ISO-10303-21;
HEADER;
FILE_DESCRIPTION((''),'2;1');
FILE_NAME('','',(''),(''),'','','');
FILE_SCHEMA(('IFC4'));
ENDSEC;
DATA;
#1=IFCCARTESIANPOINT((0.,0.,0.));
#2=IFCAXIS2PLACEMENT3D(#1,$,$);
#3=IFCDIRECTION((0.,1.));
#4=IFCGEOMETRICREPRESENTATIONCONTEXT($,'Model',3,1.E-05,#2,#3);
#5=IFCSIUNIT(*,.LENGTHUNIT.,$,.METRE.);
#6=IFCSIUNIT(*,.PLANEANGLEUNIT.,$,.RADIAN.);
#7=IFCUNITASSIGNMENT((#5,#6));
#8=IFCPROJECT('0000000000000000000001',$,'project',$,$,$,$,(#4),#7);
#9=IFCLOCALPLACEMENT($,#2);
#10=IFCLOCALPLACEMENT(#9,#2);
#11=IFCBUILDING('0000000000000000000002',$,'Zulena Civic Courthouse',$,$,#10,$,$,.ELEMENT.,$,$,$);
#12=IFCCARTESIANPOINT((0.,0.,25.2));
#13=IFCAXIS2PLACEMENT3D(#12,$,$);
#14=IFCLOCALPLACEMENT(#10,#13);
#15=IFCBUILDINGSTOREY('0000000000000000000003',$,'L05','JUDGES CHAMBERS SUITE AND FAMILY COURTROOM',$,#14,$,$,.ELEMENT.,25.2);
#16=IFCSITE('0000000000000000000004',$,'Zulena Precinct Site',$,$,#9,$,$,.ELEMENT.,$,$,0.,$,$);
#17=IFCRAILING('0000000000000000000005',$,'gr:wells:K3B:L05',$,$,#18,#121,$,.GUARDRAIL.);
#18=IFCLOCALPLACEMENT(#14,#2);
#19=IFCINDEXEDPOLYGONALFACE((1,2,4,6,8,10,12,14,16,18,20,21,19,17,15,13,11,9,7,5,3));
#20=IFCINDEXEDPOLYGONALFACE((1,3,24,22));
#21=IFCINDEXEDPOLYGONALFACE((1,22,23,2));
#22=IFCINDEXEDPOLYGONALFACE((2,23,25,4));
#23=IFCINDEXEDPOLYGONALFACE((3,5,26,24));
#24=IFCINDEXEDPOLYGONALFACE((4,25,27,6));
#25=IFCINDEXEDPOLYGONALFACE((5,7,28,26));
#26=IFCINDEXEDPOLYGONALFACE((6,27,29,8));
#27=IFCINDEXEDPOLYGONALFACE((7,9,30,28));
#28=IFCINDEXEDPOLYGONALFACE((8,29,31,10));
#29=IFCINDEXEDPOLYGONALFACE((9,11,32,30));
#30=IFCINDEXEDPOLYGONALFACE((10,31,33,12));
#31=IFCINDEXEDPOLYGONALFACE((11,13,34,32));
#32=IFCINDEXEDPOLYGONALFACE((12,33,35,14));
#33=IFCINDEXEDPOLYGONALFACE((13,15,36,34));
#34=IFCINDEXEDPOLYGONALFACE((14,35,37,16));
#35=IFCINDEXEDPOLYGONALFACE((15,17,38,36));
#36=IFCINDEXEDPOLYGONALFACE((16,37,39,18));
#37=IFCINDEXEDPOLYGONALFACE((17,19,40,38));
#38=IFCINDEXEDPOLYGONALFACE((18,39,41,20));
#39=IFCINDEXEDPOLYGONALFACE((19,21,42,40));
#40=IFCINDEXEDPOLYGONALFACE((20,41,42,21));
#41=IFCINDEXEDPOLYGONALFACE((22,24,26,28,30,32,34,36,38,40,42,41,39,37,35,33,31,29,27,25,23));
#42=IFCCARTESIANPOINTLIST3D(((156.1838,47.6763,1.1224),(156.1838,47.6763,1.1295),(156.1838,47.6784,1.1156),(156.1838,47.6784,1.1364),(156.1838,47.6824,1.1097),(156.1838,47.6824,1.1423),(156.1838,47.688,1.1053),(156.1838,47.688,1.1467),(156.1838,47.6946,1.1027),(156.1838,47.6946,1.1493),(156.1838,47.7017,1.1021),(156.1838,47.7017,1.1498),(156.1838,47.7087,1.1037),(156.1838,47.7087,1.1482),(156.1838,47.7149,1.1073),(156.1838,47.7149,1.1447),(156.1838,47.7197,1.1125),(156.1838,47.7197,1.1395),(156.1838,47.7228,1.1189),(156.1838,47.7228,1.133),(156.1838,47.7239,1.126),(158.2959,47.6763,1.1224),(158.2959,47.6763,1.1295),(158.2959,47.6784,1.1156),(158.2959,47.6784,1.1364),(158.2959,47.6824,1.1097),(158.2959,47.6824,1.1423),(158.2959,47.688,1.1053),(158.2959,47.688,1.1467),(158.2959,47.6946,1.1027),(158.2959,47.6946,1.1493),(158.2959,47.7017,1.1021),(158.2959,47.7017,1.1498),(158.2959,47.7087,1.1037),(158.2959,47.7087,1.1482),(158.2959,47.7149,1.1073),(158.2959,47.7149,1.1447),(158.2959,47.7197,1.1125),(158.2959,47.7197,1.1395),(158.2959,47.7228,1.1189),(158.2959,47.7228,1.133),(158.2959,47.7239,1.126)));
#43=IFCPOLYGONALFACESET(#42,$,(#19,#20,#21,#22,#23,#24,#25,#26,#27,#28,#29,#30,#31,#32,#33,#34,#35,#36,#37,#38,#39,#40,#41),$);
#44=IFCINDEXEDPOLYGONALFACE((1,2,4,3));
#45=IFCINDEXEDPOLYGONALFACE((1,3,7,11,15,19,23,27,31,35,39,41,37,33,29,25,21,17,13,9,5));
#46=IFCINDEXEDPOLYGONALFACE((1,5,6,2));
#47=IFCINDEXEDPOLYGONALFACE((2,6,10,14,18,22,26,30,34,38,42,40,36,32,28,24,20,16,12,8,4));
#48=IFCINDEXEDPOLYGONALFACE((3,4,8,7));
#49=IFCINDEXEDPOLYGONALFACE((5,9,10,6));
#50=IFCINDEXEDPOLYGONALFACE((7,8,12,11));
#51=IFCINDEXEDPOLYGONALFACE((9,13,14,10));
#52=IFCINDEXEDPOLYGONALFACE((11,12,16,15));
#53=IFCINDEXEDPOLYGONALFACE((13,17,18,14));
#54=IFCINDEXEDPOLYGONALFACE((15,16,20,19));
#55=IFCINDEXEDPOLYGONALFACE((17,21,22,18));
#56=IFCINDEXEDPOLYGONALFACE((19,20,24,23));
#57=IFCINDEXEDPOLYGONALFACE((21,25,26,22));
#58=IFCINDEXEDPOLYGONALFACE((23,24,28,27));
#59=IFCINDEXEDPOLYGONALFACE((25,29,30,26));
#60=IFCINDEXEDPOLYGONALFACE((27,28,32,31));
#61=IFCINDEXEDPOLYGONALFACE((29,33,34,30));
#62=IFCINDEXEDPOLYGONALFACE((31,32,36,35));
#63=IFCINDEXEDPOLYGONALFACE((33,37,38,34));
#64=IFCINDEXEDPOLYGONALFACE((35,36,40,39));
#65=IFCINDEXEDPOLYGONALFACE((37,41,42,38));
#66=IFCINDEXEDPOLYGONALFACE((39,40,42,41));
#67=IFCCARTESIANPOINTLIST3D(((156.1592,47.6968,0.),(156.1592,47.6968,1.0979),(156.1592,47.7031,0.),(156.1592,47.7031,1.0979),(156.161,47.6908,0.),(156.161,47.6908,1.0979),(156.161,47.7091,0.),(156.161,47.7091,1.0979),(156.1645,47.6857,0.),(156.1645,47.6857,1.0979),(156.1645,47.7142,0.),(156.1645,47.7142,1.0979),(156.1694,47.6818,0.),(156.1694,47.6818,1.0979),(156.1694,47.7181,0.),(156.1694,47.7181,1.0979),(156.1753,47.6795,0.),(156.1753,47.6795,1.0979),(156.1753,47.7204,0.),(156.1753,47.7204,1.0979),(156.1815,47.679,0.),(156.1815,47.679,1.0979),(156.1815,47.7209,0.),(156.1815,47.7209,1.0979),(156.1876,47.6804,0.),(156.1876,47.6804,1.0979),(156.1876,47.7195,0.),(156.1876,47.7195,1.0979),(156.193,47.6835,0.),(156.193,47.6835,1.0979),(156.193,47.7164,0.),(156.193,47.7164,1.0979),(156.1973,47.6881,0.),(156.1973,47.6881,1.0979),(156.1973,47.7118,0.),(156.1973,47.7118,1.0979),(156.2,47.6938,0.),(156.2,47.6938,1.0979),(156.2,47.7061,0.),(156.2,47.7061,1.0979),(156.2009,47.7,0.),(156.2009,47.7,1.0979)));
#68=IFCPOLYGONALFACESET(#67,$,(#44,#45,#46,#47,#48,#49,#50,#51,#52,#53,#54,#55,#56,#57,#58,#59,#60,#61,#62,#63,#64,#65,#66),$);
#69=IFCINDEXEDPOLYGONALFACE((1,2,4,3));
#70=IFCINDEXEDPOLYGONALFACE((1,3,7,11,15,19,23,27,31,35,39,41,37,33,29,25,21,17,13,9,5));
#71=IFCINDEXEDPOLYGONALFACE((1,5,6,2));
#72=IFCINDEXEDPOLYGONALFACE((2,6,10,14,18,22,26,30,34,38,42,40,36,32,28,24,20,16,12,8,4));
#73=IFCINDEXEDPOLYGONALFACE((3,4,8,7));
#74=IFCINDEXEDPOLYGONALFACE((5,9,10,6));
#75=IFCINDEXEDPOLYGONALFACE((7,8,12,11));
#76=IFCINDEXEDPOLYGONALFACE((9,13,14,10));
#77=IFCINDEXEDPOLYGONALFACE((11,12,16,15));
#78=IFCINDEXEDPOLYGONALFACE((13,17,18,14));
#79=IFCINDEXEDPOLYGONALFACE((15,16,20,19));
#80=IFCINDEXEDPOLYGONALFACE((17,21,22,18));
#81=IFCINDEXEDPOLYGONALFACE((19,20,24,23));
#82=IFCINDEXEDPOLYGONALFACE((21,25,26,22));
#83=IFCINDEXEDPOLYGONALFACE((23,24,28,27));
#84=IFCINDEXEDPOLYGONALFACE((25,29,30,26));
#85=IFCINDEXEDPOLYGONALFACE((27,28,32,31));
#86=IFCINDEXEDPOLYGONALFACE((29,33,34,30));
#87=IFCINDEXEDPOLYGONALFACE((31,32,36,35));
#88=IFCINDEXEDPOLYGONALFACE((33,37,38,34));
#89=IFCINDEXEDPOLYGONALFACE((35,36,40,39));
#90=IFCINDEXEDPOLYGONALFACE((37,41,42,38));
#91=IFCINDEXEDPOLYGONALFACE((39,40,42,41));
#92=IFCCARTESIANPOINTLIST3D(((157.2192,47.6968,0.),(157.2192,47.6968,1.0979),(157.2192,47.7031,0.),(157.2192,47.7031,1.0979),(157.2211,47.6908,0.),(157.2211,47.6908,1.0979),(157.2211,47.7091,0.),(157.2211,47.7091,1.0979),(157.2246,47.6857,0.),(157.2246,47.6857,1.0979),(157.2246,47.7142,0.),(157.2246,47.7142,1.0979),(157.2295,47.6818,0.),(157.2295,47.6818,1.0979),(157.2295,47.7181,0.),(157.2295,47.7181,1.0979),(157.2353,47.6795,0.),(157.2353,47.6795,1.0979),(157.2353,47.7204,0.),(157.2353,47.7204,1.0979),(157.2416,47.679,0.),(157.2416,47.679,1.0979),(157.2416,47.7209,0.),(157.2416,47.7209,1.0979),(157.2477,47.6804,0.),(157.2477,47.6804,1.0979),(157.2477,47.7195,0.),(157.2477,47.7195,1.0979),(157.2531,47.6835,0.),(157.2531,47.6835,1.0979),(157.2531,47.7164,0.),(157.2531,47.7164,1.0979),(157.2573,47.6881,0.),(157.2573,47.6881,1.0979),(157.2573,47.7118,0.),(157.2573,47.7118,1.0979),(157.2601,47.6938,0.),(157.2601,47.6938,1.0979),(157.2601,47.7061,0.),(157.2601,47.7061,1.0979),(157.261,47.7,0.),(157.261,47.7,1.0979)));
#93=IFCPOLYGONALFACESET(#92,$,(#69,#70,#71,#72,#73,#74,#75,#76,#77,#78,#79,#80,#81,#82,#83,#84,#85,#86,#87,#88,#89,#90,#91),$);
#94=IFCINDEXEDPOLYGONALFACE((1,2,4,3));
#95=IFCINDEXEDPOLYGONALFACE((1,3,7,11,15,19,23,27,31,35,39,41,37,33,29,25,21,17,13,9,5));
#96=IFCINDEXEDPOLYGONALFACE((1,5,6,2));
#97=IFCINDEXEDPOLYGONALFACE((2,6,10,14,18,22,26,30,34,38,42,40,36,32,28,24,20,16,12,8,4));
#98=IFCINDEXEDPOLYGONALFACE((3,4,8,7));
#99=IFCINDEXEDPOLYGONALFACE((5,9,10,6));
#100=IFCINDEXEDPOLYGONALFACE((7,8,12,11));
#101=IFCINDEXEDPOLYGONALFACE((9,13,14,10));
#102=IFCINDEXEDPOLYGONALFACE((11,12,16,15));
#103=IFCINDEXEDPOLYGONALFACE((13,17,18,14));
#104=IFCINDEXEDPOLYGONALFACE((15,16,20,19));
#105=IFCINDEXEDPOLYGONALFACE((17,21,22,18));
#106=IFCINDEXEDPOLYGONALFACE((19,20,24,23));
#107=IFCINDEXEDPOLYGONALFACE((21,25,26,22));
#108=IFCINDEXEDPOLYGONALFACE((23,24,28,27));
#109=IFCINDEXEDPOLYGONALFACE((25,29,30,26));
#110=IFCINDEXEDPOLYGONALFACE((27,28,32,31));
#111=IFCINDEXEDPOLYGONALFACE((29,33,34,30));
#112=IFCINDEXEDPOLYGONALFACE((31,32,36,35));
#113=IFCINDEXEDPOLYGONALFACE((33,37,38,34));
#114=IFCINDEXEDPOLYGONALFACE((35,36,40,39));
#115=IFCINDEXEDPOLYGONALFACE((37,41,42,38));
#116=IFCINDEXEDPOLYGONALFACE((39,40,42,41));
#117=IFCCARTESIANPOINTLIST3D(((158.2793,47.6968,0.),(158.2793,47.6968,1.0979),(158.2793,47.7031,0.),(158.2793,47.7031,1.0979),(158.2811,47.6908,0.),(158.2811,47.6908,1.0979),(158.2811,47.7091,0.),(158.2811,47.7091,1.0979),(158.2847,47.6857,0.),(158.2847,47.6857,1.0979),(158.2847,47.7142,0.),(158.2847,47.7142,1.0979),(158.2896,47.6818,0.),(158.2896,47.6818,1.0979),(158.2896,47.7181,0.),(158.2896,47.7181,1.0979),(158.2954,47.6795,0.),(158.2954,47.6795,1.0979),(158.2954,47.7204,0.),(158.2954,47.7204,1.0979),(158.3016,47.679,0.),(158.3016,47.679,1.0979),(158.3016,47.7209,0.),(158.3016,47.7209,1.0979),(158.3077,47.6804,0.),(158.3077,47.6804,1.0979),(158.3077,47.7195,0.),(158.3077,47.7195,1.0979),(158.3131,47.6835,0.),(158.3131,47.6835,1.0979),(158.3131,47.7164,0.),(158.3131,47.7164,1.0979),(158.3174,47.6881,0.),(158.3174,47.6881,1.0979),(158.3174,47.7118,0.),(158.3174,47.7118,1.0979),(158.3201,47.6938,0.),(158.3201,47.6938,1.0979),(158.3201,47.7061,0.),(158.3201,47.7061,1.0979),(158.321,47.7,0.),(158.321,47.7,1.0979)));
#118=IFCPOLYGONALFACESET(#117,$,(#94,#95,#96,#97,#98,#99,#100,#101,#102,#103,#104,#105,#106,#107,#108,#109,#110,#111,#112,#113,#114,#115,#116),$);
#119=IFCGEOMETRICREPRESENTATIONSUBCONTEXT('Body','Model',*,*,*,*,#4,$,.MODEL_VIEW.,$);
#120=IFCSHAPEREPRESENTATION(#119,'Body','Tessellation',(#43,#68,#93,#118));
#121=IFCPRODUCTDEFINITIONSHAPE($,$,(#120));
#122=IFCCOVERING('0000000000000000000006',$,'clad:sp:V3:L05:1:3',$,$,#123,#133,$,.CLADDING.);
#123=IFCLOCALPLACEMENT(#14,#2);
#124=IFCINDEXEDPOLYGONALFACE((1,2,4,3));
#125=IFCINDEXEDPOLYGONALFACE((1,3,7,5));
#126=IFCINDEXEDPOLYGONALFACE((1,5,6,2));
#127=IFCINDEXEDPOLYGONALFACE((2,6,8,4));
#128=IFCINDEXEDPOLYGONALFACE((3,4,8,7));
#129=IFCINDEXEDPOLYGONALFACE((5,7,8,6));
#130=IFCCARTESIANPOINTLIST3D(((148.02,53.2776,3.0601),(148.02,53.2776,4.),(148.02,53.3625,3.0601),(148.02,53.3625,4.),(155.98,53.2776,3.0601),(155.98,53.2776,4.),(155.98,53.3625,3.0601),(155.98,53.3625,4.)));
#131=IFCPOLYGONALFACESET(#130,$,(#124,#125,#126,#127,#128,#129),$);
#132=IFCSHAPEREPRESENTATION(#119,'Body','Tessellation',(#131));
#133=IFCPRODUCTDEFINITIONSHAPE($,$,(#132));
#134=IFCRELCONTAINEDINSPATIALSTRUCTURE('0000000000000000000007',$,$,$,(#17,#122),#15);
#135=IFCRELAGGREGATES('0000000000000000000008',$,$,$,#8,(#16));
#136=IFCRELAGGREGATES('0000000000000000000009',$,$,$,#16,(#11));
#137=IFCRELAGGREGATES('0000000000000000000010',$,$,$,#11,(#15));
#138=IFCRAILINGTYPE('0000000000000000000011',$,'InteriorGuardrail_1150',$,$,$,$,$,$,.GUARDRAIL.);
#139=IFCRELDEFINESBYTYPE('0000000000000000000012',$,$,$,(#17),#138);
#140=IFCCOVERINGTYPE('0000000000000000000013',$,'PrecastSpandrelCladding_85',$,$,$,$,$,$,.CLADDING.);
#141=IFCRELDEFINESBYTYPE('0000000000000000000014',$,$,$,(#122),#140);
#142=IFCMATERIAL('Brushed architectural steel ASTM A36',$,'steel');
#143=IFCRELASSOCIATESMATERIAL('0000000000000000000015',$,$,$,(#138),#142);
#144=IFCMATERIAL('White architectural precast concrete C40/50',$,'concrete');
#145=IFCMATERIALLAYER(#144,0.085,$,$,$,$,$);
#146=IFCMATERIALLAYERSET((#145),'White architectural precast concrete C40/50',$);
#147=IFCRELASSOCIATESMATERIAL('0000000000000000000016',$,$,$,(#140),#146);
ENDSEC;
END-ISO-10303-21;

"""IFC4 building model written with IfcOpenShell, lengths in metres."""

from ifc_helpers import new_model, si_unit, direction, frame, origin, origin_2d, place, context, subcontext, project, spatial, rectangle, circle, extrude, material, layer, layer_set, type_object, element, save


model = new_model("IFC4")

# Units and contexts
model_context = context("Model", 3, precision=1e-05, world=origin(), true_north=direction((0.0, 1.0)))
body_context = subcontext(model_context, "Body", "Model", "MODEL_VIEW")
ifc_project = project(units=[si_unit("LENGTHUNIT", "METRE"), si_unit("PLANEANGLEUNIT", "RADIAN")], contexts=[model_context])

# Site, building, storey
site_placement = place(None, origin())
site = spatial("IfcSite", under=ifc_project, at=site_placement, Name="Zulena Precinct Site", CompositionType="ELEMENT", RefElevation=0.0)
building_placement = place(site_placement, origin())
building = spatial("IfcBuilding", under=site, at=building_placement, Name="Zulena Civic Courthouse", CompositionType="ELEMENT")
storey_placement = place(building_placement, frame((0.0, 0.0, 25.2)))
storey = spatial("IfcBuildingStorey", under=building, at=storey_placement, Name="L05", Description="JUDGES CHAMBERS SUITE AND FAMILY COURTROOM", CompositionType="ELEMENT", Elevation=25.2)

# Railing
ifc_material_1 = material(Name="Brushed architectural steel ASTM A36", Category="steel")
railing_type = type_object("IfcRailingType", Name="InteriorGuardrail_1150", PredefinedType="GUARDRAIL", material=ifc_material_1)
railing_1_placement = place(storey_placement, frame((156.1799, 47.7, 0.0)))
element("IfcRailing", 1, at=railing_1_placement, inside=storey, type_object=railing_type, Name="gr:wells:K3B:L05", PredefinedType="GUARDRAIL", context=body_context, shape_type="SweptSolid", body=[
    extrude(circle(Radius=0.0239, at=origin_2d()), frame((0.0039, 0.0, 1.126), z_axis=(1.0, 0.0, 0.0), x_axis=(0.0, 1.0, 0.0)), (0.0, 0.0, 1.0), 2.1121),
    extrude(circle(Radius=0.021, at=origin_2d()), origin(), (0.0, 0.0, 1.0), 1.0979),
    extrude(circle(Radius=0.021, at=origin_2d()), frame((1.0601, 0.0, 0.0)), (0.0, 0.0, 1.0), 1.0979),
    extrude(circle(Radius=0.021, at=origin_2d()), frame((2.1201, 0.0, 0.0)), (0.0, 0.0, 1.0), 1.0979),
])

# Covering
ifc_material_2 = material(Name="White architectural precast concrete C40/50", Category="concrete")
ifc_layer_1 = layer(ifc_material_2, 0.085)
ifc_layer_set_1 = layer_set([ifc_layer_1], Name="White architectural precast concrete C40/50")
covering_type = type_object("IfcCoveringType", Name="PrecastSpandrelCladding_85", PredefinedType="CLADDING", material=ifc_layer_set_1)
covering_placement = place(storey_placement, frame((152.0, 53.3201, 3.0601), z_axis=(0.0, 0.0, 1.0), x_axis=(1.0, 0.0, 0.0)))
element("IfcCovering", 2, at=covering_placement, inside=storey, type_object=covering_type, Name="clad:sp:V3:L05:1:3", PredefinedType="CLADDING", context=body_context, shape_type="SweptSolid", body=[
    extrude(rectangle(XDim=7.96, YDim=0.085, at=origin_2d()), origin(), (0.0, 0.0, 1.0), 0.9399),
])

save(model, "model.ifc")
